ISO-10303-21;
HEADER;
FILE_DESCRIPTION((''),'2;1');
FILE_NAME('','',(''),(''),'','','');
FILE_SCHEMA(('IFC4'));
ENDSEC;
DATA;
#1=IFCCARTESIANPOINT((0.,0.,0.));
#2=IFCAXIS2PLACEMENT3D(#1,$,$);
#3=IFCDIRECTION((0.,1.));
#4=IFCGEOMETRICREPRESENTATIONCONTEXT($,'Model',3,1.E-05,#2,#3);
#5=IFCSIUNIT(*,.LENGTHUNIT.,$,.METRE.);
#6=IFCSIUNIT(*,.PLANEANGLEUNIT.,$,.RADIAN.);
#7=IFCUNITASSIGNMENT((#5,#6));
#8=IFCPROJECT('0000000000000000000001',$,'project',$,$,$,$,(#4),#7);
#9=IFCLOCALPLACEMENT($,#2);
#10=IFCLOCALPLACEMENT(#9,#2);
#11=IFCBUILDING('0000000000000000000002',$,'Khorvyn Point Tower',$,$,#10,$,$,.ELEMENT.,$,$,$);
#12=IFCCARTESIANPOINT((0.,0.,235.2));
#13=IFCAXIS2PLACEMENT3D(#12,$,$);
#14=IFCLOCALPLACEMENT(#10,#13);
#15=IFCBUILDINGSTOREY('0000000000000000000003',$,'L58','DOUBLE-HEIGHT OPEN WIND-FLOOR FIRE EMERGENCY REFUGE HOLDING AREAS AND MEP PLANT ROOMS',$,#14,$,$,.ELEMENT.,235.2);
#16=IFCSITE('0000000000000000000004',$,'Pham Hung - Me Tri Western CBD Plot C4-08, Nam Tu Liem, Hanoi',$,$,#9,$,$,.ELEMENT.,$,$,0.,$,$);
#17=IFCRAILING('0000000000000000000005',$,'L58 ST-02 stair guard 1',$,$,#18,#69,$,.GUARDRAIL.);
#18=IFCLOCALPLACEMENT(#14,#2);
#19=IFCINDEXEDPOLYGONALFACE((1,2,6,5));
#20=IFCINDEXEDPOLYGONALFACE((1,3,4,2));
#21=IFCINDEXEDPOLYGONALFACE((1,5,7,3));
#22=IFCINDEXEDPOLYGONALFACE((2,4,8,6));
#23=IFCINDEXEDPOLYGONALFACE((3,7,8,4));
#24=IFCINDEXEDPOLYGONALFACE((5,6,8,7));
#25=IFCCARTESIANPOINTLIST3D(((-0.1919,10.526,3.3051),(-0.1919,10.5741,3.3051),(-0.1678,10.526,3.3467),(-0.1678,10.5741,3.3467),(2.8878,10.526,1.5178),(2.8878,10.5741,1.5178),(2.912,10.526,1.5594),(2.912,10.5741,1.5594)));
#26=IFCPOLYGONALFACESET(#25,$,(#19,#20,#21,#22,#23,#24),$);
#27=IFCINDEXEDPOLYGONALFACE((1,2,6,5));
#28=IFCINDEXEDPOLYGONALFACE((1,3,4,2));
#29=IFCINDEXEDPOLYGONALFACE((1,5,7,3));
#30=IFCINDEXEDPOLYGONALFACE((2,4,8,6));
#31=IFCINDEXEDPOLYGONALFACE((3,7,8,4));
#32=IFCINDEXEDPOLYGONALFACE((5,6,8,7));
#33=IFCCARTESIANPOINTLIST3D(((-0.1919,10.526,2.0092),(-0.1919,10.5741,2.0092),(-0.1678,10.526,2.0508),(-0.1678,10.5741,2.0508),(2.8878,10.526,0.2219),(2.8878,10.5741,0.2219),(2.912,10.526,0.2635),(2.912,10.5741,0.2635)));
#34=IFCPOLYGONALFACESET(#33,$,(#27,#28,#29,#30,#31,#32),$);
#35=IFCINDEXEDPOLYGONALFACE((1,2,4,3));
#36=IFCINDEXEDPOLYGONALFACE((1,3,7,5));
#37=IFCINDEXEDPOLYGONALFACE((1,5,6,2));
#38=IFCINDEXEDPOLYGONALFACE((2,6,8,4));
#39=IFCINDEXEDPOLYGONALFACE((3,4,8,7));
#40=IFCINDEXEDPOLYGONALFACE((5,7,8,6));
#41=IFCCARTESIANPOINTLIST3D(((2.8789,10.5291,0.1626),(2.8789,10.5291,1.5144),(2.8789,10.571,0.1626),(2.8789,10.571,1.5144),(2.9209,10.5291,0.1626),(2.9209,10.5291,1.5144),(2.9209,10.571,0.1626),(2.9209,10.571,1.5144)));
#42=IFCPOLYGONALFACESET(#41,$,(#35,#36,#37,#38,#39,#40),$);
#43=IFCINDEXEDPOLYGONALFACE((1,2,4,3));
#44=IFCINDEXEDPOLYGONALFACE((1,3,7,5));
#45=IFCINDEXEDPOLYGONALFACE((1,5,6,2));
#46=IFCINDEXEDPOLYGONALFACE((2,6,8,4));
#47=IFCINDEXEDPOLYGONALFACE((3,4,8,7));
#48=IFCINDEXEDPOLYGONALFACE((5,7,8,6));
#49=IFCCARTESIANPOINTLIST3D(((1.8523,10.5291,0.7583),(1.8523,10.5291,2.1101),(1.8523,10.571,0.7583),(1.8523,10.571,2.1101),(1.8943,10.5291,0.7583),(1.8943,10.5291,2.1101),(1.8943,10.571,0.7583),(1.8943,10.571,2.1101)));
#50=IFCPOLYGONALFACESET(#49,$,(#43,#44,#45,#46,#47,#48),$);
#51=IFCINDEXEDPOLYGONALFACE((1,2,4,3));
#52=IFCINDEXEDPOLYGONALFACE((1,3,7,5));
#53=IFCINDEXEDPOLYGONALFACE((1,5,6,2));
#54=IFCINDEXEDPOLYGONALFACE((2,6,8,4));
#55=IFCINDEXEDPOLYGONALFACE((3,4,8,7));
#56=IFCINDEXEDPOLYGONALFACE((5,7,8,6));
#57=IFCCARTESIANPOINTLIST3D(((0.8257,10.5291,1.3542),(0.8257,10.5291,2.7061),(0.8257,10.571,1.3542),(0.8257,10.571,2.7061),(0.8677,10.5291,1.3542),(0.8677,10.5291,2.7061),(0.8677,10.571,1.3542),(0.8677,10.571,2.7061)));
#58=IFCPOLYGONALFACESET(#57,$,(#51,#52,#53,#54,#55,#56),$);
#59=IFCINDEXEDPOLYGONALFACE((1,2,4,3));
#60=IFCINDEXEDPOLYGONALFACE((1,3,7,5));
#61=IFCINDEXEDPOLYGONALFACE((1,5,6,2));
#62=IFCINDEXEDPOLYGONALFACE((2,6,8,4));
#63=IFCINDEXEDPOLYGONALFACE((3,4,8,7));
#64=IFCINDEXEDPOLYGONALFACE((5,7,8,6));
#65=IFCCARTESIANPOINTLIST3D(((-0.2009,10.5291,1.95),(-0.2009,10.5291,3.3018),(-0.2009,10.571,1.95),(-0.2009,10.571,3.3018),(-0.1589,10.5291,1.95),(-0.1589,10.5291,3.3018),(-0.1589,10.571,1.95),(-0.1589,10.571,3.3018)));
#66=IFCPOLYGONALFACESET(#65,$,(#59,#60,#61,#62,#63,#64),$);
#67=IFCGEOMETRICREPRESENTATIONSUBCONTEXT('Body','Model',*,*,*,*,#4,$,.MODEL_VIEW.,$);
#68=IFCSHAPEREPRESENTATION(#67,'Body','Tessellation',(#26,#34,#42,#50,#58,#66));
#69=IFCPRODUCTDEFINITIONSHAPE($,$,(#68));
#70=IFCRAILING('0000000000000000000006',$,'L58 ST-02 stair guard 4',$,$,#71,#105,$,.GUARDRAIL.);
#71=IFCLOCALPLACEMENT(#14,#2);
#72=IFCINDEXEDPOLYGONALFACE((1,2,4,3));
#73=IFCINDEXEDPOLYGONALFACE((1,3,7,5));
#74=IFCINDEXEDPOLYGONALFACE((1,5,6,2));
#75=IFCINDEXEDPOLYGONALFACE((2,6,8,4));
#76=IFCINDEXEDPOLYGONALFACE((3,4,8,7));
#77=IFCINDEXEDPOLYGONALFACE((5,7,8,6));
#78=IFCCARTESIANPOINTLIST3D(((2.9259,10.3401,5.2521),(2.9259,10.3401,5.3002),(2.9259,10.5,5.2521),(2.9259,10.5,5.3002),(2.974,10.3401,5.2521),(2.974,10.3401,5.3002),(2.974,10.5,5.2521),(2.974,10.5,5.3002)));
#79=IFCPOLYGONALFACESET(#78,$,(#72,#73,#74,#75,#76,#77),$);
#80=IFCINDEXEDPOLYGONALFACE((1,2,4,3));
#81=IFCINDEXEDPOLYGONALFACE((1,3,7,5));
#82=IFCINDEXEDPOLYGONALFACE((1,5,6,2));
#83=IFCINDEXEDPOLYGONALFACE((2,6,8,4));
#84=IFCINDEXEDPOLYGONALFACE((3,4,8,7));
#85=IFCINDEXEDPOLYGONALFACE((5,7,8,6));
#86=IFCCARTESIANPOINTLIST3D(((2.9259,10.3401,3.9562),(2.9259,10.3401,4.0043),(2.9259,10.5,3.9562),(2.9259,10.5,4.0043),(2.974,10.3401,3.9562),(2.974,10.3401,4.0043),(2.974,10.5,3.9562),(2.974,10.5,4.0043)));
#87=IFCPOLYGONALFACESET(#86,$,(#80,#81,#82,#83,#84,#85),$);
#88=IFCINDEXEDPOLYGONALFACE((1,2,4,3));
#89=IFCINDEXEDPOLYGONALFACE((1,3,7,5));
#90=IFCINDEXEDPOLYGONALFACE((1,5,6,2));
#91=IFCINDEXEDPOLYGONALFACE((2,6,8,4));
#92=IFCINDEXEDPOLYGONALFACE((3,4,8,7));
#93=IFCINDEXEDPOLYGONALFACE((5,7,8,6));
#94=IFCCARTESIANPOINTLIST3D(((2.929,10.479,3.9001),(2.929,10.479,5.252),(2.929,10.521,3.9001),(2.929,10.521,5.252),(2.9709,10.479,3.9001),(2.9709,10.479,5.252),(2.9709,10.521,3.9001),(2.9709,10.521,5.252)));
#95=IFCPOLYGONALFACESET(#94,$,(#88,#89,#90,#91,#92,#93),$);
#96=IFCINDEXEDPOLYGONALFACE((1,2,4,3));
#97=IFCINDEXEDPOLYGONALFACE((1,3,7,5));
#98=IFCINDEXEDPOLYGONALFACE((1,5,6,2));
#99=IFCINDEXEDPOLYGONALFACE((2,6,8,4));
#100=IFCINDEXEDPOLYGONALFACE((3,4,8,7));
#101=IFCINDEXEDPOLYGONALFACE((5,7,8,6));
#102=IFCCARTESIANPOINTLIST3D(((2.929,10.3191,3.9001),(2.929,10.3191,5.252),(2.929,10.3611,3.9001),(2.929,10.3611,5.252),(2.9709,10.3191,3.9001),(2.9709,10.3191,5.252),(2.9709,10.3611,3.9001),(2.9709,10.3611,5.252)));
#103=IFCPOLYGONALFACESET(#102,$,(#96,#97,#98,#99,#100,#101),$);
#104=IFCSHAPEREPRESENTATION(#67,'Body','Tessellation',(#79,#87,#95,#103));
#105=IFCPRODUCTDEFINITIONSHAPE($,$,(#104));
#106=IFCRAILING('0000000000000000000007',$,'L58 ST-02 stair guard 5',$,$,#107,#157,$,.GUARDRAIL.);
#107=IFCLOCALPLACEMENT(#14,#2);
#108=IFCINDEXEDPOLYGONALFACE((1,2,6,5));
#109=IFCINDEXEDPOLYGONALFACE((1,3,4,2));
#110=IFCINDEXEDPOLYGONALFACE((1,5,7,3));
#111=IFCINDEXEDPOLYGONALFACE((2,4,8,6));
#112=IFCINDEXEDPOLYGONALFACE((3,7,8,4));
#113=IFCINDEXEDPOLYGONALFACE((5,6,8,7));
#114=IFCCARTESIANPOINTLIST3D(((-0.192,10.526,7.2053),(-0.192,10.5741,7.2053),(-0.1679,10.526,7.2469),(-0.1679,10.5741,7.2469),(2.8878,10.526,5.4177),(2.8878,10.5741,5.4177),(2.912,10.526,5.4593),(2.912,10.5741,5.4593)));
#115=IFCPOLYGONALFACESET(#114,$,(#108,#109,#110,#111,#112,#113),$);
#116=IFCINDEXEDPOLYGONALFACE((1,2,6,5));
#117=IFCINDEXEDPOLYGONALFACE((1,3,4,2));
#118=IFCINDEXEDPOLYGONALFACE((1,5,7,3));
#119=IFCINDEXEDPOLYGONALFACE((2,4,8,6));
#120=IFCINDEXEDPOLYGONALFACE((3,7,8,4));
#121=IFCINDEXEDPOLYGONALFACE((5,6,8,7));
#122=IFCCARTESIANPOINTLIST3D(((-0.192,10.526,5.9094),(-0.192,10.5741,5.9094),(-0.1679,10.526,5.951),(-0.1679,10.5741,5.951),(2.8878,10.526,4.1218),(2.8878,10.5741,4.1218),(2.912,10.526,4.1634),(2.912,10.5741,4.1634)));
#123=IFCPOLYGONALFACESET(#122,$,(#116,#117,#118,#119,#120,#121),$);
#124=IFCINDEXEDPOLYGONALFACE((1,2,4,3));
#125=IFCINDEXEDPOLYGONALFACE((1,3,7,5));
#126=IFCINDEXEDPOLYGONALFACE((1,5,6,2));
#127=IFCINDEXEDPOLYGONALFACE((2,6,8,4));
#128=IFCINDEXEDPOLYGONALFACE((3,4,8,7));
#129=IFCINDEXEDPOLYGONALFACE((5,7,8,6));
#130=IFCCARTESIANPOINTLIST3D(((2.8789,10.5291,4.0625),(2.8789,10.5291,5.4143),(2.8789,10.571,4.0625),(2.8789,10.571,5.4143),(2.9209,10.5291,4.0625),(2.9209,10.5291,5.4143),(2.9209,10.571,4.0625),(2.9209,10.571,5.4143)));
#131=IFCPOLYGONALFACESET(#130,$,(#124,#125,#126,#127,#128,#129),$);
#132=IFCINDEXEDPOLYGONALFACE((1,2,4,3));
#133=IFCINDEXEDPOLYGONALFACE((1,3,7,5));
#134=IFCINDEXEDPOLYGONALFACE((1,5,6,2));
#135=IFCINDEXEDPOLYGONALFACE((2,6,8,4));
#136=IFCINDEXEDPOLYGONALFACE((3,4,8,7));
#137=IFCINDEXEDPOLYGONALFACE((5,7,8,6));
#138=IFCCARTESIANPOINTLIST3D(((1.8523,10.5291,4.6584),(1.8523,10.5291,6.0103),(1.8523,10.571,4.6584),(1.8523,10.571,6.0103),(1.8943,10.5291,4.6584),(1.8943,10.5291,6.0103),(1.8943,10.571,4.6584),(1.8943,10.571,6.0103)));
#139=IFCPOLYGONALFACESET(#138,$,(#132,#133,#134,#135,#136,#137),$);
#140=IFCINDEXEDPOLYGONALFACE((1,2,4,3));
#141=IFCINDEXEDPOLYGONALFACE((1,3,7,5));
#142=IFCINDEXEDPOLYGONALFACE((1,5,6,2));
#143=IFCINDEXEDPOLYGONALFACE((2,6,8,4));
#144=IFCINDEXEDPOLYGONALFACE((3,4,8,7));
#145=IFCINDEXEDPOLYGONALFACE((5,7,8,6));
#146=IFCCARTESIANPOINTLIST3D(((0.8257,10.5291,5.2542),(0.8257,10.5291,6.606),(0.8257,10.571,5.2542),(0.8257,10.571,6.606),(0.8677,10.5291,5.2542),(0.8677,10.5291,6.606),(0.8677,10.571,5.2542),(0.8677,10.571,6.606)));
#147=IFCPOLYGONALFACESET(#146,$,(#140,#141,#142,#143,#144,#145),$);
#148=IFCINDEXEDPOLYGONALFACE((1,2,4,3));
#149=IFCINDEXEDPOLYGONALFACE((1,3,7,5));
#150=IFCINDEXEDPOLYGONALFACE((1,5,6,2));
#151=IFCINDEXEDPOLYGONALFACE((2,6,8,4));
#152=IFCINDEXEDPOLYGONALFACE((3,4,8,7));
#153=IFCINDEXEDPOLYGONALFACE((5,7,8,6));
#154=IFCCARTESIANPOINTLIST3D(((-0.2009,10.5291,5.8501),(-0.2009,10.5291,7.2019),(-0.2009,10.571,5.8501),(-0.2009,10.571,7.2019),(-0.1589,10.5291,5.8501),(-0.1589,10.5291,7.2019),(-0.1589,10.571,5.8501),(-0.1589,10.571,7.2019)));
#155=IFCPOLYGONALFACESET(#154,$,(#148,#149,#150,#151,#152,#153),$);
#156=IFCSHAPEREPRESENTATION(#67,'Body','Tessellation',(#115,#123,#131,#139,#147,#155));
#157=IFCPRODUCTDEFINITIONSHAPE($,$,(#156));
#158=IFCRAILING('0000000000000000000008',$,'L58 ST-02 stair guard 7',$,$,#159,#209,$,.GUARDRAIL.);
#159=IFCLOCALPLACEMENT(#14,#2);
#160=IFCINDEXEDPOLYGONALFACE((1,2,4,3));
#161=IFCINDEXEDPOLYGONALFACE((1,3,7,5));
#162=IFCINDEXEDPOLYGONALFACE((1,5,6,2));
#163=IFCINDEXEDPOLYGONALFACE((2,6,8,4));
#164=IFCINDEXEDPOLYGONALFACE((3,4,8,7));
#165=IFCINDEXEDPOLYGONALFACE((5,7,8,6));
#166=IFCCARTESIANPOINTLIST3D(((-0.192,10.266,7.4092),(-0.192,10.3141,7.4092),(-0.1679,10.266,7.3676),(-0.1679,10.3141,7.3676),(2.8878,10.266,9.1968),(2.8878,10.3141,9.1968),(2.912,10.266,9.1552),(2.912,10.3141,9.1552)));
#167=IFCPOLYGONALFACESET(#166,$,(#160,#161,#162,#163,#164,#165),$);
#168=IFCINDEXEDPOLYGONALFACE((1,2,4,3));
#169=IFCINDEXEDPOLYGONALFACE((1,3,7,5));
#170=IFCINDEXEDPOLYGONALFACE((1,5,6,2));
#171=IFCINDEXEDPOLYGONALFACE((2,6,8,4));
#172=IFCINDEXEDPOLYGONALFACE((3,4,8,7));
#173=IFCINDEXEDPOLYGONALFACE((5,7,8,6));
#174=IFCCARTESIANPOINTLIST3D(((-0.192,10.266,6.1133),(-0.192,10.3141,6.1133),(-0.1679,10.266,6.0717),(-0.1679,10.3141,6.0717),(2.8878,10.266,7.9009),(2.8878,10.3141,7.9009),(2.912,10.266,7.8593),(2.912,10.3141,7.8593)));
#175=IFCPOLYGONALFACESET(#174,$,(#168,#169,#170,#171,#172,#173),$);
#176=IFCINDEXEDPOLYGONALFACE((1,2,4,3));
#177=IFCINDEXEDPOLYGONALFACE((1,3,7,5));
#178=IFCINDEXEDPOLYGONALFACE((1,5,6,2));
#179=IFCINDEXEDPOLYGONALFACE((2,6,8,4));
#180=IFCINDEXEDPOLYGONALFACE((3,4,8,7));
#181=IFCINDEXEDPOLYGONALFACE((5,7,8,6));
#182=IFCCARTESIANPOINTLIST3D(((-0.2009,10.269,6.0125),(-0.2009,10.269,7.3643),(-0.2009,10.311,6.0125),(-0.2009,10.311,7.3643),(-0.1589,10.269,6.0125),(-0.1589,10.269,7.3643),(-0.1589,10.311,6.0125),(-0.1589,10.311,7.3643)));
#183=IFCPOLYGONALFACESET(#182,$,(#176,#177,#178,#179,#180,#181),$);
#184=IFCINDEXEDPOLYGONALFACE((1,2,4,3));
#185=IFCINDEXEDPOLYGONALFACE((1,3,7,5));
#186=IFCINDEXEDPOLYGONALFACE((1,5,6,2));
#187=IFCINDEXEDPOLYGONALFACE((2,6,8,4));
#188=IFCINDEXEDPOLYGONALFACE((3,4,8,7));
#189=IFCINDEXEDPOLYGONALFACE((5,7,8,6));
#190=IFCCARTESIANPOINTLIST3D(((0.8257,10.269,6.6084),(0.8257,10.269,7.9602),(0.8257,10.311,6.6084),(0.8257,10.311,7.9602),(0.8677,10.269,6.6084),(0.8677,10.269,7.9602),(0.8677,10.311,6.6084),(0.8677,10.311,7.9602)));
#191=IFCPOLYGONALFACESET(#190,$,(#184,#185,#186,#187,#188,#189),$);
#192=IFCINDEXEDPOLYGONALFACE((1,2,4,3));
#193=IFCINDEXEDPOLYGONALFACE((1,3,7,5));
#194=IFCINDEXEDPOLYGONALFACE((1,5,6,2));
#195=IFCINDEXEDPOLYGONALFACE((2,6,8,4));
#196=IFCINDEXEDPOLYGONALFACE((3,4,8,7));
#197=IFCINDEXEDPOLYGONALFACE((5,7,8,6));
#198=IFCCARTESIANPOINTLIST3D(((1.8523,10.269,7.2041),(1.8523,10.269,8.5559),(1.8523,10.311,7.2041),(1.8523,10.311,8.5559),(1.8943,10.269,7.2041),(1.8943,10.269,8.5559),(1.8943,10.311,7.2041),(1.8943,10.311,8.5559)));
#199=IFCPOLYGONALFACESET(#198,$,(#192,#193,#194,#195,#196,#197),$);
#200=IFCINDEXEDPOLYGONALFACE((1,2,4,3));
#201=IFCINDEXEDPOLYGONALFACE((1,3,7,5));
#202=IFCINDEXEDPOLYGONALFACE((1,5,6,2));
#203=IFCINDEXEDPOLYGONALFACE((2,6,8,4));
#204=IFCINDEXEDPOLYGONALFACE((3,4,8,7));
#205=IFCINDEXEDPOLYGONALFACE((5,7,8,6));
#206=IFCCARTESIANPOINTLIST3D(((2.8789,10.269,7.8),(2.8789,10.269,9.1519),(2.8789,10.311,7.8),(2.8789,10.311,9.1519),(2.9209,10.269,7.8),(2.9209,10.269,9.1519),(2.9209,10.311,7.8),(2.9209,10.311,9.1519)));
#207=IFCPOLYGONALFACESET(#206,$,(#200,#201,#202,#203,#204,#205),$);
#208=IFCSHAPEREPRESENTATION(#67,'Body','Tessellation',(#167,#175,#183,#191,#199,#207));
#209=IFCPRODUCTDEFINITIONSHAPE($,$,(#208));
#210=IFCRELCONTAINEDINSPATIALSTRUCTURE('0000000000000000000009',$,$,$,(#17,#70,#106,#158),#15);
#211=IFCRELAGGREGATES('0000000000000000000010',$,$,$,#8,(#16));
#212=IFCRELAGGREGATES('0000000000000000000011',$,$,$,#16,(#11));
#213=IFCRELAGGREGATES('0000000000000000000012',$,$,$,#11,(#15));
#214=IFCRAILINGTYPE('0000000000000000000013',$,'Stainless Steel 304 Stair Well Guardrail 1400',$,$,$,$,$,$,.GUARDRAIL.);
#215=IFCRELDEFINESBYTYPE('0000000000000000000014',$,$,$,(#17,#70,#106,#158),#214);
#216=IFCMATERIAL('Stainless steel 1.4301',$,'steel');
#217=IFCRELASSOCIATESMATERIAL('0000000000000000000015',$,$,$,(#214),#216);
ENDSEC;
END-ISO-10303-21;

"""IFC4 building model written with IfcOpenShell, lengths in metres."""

from ifc_helpers import new_model, si_unit, direction, frame, origin, origin_2d, place, context, subcontext, project, spatial, rectangle, extrude, material, type_object, element, save


model = new_model("IFC4")

# Units and contexts
model_context = context("Model", 3, precision=1e-05, world=origin(), true_north=direction((0.0, 1.0)))
body_context = subcontext(model_context, "Body", "Model", "MODEL_VIEW")
ifc_project = project(units=[si_unit("LENGTHUNIT", "METRE"), si_unit("PLANEANGLEUNIT", "RADIAN")], contexts=[model_context])

# Site, building, storey
site_placement = place(None, origin())
site = spatial("IfcSite", under=ifc_project, at=site_placement, Name="Pham Hung - Me Tri Western CBD Plot C4-08, Nam Tu Liem, Hanoi", CompositionType="ELEMENT", RefElevation=0.0)
building_placement = place(site_placement, origin())
building = spatial("IfcBuilding", under=site, at=building_placement, Name="Khorvyn Point Tower", CompositionType="ELEMENT")
storey_placement = place(building_placement, frame((0.0, 0.0, 235.2)))
storey = spatial("IfcBuildingStorey", under=building, at=storey_placement, Name="L58", Description="DOUBLE-HEIGHT OPEN WIND-FLOOR FIRE EMERGENCY REFUGE HOLDING AREAS AND MEP PLANT ROOMS", CompositionType="ELEMENT", Elevation=235.2)

# Railings
ifc_material_1 = material(Name="Stainless steel 1.4301", Category="steel")
railing_type_1 = type_object("IfcRailingType", Name="Stainless Steel 304 Stair Well Guardrail 1400", PredefinedType="GUARDRAIL", material=ifc_material_1)
railing_1_placement = place(storey_placement, frame((2.8999, 10.55, 0.1626)))
element("IfcRailing", 1, at=railing_1_placement, inside=storey, type_object=railing_type_1, Name="L58 ST-02 stair guard 1", PredefinedType="GUARDRAIL", context=body_context, shape_type="SweptSolid", body=[
    extrude(rectangle(XDim=0.0481, YDim=0.0481, at=origin_2d()), frame((0.0, 0.0, 1.376), z_axis=(-0.864903, 0.0, 0.501939), x_axis=(0.0, -1.0, 0.0)), (0.0, 0.0, 1.0), 3.5608),
    extrude(rectangle(XDim=0.0481, YDim=0.0481, at=origin_2d()), frame((0.0, 0.0, 0.0801), z_axis=(-0.864903, 0.0, 0.501939), x_axis=(0.0, -1.0, 0.0)), (0.0, 0.0, 1.0), 3.5608),
    extrude(rectangle(XDim=0.042, YDim=0.042, at=origin_2d()), origin(), (0.0, 0.0, 1.0), 1.3518),
    extrude(rectangle(XDim=0.042, YDim=0.042, at=origin_2d()), frame((-1.0266, 0.0, 0.5957)), (0.0, 0.0, 1.0), 1.3518),
    extrude(rectangle(XDim=0.042, YDim=0.042, at=origin_2d()), frame((-2.0532, 0.0, 1.1917)), (0.0, 0.0, 1.0), 1.3518),
    extrude(rectangle(XDim=0.042, YDim=0.042, at=origin_2d()), frame((-3.0798, 0.0, 1.7874)), (0.0, 0.0, 1.0), 1.3518),
])
railing_2_placement = place(storey_placement, frame((2.95, 10.5, 3.9001)))
element("IfcRailing", 2, at=railing_2_placement, inside=storey, type_object=railing_type_1, Name="L58 ST-02 stair guard 4", PredefinedType="GUARDRAIL", context=body_context, shape_type="SweptSolid", body=[
    extrude(rectangle(XDim=0.0481, YDim=0.0481, at=origin_2d()), frame((0.0, 0.0, 1.376), z_axis=(0.0, -1.0, 0.0), x_axis=(1.0, 0.0, 0.0)), (0.0, 0.0, 1.0), 0.1599),
    extrude(rectangle(XDim=0.0481, YDim=0.0481, at=origin_2d()), frame((0.0, 0.0, 0.0801), z_axis=(0.0, -1.0, 0.0), x_axis=(1.0, 0.0, 0.0)), (0.0, 0.0, 1.0), 0.1599),
    extrude(rectangle(XDim=0.042, YDim=0.042, at=origin_2d()), origin(), (0.0, 0.0, 1.0), 1.3518),
    extrude(rectangle(XDim=0.042, YDim=0.042, at=origin_2d()), frame((0.0, -0.1599, 0.0)), (0.0, 0.0, 1.0), 1.3518),
])
railing_3_placement = place(storey_placement, frame((2.8999, 10.55, 4.0625)))
element("IfcRailing", 3, at=railing_3_placement, inside=storey, type_object=railing_type_1, Name="L58 ST-02 stair guard 5", PredefinedType="GUARDRAIL", context=body_context, shape_type="SweptSolid", body=[
    extrude(rectangle(XDim=0.0481, YDim=0.0481, at=origin_2d()), frame((0.0, 0.0, 1.376), z_axis=(-0.864873, 0.0, 0.50199), x_axis=(0.0, -1.0, 0.0)), (0.0, 0.0, 1.0), 3.561),
    extrude(rectangle(XDim=0.0481, YDim=0.0481, at=origin_2d()), frame((0.0, 0.0, 0.0801), z_axis=(-0.864873, 0.0, 0.50199), x_axis=(0.0, -1.0, 0.0)), (0.0, 0.0, 1.0), 3.561),
    extrude(rectangle(XDim=0.042, YDim=0.042, at=origin_2d()), origin(), (0.0, 0.0, 1.0), 1.3518),
    extrude(rectangle(XDim=0.042, YDim=0.042, at=origin_2d()), frame((-1.0266, 0.0, 0.5959)), (0.0, 0.0, 1.0), 1.3518),
    extrude(rectangle(XDim=0.042, YDim=0.042, at=origin_2d()), frame((-2.0532, 0.0, 1.1917)), (0.0, 0.0, 1.0), 1.3518),
    extrude(rectangle(XDim=0.042, YDim=0.042, at=origin_2d()), frame((-3.0798, 0.0, 1.7876)), (0.0, 0.0, 1.0), 1.3518),
])
railing_4_placement = place(storey_placement, frame((-0.1799, 10.29, 6.0125)))
element("IfcRailing", 4, at=railing_4_placement, inside=storey, type_object=railing_type_1, Name="L58 ST-02 stair guard 7", PredefinedType="GUARDRAIL", context=body_context, shape_type="SweptSolid", body=[
    extrude(rectangle(XDim=0.0481, YDim=0.0481, at=origin_2d()), frame((0.0, 0.0, 1.376), z_axis=(0.864873, 0.0, 0.50199), x_axis=(0.0, 1.0, 0.0)), (0.0, 0.0, 1.0), 3.561),
    extrude(rectangle(XDim=0.0481, YDim=0.0481, at=origin_2d()), frame((0.0, 0.0, 0.0801), z_axis=(0.864873, 0.0, 0.50199), x_axis=(0.0, 1.0, 0.0)), (0.0, 0.0, 1.0), 3.561),
    extrude(rectangle(XDim=0.042, YDim=0.042, at=origin_2d()), origin(), (0.0, 0.0, 1.0), 1.3518),
    extrude(rectangle(XDim=0.042, YDim=0.042, at=origin_2d()), frame((1.0266, 0.0, 0.5959)), (0.0, 0.0, 1.0), 1.3518),
    extrude(rectangle(XDim=0.042, YDim=0.042, at=origin_2d()), frame((2.0532, 0.0, 1.1917)), (0.0, 0.0, 1.0), 1.3518),
    extrude(rectangle(XDim=0.042, YDim=0.042, at=origin_2d()), frame((3.0798, 0.0, 1.7876)), (0.0, 0.0, 1.0), 1.3518),
])

save(model, "model.ifc")
